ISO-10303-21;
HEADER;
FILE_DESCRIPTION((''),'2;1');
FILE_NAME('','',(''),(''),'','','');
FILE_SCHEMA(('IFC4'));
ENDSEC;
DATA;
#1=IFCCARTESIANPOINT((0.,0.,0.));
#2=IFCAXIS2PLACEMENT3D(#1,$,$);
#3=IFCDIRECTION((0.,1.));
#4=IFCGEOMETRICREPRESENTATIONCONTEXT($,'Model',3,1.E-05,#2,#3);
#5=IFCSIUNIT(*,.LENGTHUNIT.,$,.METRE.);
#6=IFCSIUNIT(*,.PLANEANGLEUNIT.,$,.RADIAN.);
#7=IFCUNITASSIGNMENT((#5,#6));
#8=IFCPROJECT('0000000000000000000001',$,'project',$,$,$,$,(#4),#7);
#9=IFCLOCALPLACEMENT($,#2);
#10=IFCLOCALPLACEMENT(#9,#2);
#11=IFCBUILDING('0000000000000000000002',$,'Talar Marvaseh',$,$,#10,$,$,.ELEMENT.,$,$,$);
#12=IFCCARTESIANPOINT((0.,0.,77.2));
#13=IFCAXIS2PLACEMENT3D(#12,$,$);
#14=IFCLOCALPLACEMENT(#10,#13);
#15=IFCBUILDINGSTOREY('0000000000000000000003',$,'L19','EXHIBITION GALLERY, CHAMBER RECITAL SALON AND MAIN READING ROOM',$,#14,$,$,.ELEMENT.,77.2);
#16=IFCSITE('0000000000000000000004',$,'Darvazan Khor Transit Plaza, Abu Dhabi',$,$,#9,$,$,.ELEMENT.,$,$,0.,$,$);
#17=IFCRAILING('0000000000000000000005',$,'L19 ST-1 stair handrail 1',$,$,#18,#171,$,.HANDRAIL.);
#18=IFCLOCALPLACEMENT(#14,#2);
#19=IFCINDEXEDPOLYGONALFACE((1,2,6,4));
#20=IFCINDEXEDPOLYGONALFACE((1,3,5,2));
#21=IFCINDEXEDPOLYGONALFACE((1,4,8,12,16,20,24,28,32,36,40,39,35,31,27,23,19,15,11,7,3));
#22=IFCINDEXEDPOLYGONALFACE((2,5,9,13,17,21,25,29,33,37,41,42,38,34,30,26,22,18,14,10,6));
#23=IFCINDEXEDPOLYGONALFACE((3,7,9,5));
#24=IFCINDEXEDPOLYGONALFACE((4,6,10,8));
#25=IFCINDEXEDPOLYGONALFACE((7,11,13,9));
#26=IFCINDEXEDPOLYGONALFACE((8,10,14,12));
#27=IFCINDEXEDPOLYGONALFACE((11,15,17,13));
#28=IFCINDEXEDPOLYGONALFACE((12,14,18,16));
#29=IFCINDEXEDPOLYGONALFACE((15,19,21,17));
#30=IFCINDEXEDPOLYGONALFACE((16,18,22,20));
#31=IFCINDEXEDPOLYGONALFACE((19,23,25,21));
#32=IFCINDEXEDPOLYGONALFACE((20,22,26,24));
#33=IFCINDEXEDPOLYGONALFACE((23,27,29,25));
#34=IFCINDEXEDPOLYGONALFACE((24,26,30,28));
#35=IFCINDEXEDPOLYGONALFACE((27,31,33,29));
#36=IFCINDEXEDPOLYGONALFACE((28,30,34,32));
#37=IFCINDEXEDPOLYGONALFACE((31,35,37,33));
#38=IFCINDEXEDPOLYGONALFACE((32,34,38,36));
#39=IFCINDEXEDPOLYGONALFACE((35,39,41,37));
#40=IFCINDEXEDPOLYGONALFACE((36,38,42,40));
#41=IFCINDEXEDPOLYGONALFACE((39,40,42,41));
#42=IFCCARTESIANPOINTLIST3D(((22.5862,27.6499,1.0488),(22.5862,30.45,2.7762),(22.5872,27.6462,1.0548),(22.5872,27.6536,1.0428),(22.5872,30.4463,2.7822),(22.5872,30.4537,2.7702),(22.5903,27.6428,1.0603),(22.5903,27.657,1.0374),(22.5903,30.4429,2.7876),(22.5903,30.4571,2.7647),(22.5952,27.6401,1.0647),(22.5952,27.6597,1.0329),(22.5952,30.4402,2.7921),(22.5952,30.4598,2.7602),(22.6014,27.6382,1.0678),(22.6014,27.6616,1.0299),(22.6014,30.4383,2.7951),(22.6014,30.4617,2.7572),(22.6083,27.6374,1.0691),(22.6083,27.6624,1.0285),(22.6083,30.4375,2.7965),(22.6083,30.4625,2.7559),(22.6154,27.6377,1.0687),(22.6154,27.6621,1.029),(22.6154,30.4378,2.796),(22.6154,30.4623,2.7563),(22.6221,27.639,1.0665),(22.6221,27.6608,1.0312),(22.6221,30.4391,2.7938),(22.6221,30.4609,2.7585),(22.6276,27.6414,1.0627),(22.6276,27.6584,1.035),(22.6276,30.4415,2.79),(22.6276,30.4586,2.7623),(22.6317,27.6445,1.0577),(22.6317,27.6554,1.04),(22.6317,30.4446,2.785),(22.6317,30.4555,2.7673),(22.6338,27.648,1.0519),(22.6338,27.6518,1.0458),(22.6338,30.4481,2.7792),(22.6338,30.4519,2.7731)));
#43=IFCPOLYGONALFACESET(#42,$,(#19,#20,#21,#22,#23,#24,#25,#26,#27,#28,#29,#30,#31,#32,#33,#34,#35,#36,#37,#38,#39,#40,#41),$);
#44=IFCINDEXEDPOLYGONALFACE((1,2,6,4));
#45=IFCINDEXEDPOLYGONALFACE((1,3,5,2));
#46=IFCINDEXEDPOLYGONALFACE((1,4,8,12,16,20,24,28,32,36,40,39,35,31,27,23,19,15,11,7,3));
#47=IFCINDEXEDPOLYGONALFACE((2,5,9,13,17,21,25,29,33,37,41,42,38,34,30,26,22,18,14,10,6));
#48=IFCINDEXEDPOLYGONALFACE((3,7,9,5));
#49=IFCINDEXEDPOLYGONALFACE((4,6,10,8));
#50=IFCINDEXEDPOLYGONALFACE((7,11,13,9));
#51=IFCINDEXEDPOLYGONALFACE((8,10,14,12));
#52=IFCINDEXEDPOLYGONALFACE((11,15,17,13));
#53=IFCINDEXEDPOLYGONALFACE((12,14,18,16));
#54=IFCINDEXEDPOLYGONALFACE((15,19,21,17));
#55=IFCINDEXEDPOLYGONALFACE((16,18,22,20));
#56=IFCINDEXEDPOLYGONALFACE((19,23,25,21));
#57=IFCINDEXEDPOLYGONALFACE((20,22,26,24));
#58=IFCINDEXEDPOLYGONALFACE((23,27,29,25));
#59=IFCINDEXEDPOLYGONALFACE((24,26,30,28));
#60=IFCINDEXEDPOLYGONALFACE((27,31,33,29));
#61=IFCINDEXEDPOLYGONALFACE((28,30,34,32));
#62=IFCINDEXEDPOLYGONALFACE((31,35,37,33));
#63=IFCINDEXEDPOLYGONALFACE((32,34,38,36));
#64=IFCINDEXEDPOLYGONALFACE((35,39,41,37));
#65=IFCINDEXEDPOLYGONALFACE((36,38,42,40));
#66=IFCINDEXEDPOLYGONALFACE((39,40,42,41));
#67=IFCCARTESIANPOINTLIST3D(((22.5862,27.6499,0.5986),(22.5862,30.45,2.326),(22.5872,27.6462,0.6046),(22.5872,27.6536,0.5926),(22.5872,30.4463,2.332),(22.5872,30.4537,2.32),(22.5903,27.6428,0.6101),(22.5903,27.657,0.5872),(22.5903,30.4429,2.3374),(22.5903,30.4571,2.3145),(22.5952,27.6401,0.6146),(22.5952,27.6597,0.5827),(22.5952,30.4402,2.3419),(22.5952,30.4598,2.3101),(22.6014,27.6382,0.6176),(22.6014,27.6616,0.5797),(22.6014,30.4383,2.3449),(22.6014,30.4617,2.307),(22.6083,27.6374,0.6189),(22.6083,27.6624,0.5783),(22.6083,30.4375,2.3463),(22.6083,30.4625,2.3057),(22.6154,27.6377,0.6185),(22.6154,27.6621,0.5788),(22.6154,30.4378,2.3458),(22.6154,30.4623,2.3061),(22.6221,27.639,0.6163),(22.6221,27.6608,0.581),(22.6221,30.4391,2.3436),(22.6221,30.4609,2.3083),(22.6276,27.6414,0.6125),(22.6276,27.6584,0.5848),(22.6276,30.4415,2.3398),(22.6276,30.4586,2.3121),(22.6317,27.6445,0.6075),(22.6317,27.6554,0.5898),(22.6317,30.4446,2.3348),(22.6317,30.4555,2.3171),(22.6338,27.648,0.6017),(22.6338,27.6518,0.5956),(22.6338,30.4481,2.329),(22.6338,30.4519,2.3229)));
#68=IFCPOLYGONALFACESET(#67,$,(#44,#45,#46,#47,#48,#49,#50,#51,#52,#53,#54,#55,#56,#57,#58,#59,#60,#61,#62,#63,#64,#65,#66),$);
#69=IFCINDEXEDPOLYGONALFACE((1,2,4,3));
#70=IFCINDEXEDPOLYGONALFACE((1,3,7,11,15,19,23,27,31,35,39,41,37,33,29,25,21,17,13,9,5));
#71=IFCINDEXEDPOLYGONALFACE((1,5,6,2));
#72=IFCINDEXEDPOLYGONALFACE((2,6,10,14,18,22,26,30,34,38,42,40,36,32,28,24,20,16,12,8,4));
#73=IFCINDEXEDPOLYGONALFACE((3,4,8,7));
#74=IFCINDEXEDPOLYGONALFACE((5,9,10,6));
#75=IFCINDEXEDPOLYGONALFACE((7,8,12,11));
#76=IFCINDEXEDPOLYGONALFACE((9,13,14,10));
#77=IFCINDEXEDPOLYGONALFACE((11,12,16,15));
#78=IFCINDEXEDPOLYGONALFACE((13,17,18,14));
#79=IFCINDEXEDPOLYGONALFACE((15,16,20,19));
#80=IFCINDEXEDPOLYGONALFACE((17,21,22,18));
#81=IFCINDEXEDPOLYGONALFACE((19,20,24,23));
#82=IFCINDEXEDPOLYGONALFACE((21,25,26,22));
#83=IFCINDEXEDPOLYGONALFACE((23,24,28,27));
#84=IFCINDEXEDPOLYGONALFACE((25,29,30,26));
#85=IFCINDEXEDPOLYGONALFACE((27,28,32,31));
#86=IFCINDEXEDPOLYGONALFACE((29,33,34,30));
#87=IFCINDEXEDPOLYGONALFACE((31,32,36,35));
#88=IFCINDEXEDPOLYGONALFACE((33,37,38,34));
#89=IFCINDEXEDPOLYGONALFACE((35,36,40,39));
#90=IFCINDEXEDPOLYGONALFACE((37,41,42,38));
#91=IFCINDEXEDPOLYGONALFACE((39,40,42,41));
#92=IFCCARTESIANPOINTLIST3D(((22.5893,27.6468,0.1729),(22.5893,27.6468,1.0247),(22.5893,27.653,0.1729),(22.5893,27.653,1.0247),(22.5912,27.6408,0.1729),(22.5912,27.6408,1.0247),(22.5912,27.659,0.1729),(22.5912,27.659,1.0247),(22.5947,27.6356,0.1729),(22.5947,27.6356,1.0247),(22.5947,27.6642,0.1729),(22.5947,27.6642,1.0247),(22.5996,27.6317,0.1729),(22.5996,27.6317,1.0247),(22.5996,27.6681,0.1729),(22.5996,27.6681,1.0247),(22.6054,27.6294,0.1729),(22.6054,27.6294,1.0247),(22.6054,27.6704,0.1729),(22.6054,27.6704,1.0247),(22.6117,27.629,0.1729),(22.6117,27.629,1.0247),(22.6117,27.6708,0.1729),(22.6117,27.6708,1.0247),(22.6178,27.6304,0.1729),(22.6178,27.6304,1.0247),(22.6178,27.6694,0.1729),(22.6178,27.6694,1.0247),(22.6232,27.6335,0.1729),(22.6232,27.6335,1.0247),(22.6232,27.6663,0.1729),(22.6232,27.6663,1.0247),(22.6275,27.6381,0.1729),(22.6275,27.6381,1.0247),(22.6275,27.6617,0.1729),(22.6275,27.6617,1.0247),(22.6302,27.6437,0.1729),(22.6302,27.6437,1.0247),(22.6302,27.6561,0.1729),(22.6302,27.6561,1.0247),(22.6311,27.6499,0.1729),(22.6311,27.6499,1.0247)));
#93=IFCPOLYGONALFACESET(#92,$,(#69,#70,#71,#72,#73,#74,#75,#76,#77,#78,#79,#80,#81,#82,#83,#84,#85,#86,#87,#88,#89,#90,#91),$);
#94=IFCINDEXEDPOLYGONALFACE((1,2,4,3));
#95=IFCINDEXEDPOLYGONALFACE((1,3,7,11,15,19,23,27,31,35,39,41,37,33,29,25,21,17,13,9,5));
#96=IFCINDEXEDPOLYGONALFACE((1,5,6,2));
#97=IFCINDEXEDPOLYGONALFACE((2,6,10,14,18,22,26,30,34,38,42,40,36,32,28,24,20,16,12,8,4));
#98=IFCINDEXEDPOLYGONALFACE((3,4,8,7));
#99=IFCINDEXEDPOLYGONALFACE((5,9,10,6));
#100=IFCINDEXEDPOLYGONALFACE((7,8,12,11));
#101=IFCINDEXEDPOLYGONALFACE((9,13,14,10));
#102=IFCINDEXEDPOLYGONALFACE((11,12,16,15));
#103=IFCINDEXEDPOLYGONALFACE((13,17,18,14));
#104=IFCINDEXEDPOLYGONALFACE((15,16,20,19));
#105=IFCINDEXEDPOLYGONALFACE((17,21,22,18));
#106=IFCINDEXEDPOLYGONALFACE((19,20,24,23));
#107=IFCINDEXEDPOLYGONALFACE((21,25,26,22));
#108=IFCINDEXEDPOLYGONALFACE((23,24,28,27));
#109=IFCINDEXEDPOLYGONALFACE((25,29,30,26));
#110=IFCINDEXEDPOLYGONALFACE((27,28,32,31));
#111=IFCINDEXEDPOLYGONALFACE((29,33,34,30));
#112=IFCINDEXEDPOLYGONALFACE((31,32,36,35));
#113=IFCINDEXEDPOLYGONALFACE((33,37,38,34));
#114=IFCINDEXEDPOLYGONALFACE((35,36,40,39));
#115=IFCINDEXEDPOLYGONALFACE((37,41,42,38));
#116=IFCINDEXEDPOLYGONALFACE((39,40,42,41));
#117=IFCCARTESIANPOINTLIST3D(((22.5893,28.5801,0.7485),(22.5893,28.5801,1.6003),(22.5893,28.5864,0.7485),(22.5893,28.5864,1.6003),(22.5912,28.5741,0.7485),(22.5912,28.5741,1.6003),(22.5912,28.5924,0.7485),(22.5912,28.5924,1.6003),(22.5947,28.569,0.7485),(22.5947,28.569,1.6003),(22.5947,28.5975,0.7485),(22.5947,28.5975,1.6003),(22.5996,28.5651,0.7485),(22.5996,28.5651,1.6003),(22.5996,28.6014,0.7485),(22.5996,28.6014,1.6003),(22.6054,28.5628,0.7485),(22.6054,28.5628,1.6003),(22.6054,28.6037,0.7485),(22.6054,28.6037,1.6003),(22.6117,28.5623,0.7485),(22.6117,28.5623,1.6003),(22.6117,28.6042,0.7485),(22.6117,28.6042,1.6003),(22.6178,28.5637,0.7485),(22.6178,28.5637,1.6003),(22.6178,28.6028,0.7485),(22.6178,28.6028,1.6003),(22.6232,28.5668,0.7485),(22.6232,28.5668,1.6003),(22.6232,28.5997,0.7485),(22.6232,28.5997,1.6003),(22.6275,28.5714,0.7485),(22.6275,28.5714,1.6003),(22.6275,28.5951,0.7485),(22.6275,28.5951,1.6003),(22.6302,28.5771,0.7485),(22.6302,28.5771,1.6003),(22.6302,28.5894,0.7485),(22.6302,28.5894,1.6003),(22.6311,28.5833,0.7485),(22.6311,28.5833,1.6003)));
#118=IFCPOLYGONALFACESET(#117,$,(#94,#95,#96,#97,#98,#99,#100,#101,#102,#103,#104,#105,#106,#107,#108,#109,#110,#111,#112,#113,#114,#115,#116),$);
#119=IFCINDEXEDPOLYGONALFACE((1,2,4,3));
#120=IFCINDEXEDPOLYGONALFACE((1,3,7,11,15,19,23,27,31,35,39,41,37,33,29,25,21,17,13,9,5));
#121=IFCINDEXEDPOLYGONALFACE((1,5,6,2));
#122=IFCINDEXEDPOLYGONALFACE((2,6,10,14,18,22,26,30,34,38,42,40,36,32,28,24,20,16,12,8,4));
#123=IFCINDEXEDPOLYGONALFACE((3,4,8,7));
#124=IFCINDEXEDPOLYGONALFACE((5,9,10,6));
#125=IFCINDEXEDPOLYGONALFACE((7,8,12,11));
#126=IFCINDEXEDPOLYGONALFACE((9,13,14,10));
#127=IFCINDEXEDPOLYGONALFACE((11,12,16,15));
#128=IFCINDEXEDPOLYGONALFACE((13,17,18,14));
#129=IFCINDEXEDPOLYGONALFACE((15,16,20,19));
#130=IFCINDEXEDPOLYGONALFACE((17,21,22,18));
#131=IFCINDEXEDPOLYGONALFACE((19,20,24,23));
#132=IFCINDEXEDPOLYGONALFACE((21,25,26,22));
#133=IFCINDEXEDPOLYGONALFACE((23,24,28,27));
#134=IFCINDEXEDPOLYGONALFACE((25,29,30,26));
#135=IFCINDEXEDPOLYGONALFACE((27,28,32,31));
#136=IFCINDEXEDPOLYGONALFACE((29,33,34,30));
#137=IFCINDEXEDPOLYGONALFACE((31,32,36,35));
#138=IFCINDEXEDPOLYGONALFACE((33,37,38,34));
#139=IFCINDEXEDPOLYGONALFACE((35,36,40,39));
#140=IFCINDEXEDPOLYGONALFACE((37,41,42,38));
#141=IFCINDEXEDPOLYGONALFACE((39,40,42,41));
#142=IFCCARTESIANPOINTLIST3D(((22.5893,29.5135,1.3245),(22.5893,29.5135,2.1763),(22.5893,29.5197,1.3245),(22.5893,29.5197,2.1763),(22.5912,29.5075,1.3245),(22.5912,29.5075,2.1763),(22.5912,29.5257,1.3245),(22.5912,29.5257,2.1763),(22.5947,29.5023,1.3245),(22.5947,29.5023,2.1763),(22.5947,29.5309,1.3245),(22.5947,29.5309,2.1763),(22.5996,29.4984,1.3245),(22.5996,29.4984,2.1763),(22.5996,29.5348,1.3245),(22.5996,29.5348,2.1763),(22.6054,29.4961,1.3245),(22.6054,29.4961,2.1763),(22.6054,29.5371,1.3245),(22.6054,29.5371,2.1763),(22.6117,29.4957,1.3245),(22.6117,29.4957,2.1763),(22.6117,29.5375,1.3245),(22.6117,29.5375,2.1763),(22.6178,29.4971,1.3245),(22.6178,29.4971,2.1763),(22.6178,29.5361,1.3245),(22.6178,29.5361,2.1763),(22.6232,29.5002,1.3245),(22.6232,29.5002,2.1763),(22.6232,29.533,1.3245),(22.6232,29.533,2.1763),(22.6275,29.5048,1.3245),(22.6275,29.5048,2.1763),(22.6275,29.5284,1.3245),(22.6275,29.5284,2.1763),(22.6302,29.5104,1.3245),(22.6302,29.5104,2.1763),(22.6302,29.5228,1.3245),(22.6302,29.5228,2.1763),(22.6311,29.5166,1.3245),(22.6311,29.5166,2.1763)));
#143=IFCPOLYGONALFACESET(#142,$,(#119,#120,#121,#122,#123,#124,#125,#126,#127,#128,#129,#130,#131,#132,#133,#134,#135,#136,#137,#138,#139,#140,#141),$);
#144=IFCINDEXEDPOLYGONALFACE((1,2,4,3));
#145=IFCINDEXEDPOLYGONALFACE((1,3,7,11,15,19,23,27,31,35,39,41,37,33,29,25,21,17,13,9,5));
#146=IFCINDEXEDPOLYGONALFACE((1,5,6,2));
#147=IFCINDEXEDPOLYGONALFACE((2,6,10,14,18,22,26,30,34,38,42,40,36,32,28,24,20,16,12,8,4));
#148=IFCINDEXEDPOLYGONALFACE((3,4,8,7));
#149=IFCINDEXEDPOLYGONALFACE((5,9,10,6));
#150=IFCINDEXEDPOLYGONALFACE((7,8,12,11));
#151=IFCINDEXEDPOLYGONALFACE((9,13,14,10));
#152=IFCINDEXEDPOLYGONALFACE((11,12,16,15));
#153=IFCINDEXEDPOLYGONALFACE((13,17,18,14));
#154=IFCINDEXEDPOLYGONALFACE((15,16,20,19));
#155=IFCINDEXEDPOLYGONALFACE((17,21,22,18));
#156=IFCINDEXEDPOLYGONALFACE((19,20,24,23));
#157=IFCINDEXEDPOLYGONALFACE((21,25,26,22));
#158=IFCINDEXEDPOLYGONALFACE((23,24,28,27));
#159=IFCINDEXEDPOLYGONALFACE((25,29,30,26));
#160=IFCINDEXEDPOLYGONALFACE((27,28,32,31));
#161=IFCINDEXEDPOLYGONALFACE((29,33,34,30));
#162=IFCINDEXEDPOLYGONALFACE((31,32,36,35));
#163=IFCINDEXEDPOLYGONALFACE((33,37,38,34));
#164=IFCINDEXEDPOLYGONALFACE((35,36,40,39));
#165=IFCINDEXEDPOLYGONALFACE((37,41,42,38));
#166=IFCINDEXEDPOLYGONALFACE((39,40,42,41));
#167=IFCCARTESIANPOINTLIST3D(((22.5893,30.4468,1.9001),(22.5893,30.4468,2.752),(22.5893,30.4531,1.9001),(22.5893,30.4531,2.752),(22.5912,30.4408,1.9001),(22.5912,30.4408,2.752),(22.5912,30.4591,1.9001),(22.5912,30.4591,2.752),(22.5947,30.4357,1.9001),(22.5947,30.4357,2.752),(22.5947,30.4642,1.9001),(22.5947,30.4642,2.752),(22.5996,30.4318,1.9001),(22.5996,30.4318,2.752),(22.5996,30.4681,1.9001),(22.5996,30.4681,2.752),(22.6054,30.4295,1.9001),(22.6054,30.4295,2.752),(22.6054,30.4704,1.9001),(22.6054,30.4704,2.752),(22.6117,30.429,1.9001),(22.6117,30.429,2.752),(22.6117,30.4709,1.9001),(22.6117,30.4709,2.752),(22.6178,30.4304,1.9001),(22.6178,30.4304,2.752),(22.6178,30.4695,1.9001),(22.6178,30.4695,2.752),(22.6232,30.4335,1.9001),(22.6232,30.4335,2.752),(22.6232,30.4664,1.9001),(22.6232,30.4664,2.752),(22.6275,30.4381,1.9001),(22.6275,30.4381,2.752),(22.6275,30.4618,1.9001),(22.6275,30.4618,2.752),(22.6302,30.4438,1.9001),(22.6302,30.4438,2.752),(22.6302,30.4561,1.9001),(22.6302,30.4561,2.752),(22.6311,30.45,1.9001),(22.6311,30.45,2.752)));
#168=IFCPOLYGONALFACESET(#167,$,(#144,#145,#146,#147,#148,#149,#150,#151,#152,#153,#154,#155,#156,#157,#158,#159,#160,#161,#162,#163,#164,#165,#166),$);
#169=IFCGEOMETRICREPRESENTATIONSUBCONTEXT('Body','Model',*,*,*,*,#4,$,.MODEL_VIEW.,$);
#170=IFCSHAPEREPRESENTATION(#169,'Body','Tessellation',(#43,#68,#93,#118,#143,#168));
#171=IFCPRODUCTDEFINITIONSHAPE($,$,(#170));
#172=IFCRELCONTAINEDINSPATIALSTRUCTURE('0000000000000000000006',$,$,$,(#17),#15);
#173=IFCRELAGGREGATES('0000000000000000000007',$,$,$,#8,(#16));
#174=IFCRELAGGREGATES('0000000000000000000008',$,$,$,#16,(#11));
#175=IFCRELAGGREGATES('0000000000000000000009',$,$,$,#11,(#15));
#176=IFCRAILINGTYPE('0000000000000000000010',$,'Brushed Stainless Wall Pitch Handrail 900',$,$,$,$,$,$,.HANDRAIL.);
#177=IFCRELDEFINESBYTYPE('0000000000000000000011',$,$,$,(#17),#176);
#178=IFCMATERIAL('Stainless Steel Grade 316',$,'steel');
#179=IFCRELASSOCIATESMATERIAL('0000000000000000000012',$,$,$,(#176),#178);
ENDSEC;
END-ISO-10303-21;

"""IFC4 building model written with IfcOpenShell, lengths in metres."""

from ifc_helpers import new_model, si_unit, direction, frame, origin, origin_2d, place, context, subcontext, project, spatial, circle, extrude, material, type_object, element, save


model = new_model("IFC4")

# Units and contexts
model_context = context("Model", 3, precision=1e-05, world=origin(), true_north=direction((0.0, 1.0)))
body_context = subcontext(model_context, "Body", "Model", "MODEL_VIEW")
ifc_project = project(units=[si_unit("LENGTHUNIT", "METRE"), si_unit("PLANEANGLEUNIT", "RADIAN")], contexts=[model_context])

# Site, building, storey
site_placement = place(None, origin())
site = spatial("IfcSite", under=ifc_project, at=site_placement, Name="Darvazan Khor Transit Plaza, Abu Dhabi", CompositionType="ELEMENT", RefElevation=0.0)
building_placement = place(site_placement, origin())
building = spatial("IfcBuilding", under=site, at=building_placement, Name="Talar Marvaseh", CompositionType="ELEMENT")
storey_placement = place(building_placement, frame((0.0, 0.0, 77.2)))
storey = spatial("IfcBuildingStorey", under=building, at=storey_placement, Name="L19", Description="EXHIBITION GALLERY, CHAMBER RECITAL SALON AND MAIN READING ROOM", CompositionType="ELEMENT", Elevation=77.2)

# Railing
ifc_material_1 = material(Name="Stainless Steel Grade 316", Category="steel")
railing_type_1 = type_object("IfcRailingType", Name="Brushed Stainless Wall Pitch Handrail 900", PredefinedType="HANDRAIL", material=ifc_material_1)
railing_1_placement = place(storey_placement, frame((22.6101, 27.6499, 0.1729)))
element("IfcRailing", 1, at=railing_1_placement, inside=storey, type_object=railing_type_1, Name="L19 ST-1 stair handrail 1", PredefinedType="HANDRAIL", context=body_context, shape_type="SweptSolid", body=[
    extrude(circle(Radius=0.0239, at=origin_2d()), frame((0.0, 0.0, 0.876), z_axis=(0.0, 0.85109, 0.52502), x_axis=(-1.0, 0.0, 0.0)), (0.0, 0.0, 1.0), 3.29),
    extrude(circle(Radius=0.0239, at=origin_2d()), frame((0.0, 0.0, 0.4258), z_axis=(0.0, 0.85109, 0.52502), x_axis=(-1.0, 0.0, 0.0)), (0.0, 0.0, 1.0), 3.29),
    extrude(circle(Radius=0.021, at=origin_2d()), origin(), (0.0, 0.0, 1.0), 0.8518),
    extrude(circle(Radius=0.021, at=origin_2d()), frame((0.0, 0.9333, 0.5757)), (0.0, 0.0, 1.0), 0.8518),
    extrude(circle(Radius=0.021, at=origin_2d()), frame((0.0, 1.8667, 1.1516)), (0.0, 0.0, 1.0), 0.8518),
    extrude(circle(Radius=0.021, at=origin_2d()), frame((0.0, 2.8, 1.7273)), (0.0, 0.0, 1.0), 0.8518),
])

save(model, "model.ifc")
